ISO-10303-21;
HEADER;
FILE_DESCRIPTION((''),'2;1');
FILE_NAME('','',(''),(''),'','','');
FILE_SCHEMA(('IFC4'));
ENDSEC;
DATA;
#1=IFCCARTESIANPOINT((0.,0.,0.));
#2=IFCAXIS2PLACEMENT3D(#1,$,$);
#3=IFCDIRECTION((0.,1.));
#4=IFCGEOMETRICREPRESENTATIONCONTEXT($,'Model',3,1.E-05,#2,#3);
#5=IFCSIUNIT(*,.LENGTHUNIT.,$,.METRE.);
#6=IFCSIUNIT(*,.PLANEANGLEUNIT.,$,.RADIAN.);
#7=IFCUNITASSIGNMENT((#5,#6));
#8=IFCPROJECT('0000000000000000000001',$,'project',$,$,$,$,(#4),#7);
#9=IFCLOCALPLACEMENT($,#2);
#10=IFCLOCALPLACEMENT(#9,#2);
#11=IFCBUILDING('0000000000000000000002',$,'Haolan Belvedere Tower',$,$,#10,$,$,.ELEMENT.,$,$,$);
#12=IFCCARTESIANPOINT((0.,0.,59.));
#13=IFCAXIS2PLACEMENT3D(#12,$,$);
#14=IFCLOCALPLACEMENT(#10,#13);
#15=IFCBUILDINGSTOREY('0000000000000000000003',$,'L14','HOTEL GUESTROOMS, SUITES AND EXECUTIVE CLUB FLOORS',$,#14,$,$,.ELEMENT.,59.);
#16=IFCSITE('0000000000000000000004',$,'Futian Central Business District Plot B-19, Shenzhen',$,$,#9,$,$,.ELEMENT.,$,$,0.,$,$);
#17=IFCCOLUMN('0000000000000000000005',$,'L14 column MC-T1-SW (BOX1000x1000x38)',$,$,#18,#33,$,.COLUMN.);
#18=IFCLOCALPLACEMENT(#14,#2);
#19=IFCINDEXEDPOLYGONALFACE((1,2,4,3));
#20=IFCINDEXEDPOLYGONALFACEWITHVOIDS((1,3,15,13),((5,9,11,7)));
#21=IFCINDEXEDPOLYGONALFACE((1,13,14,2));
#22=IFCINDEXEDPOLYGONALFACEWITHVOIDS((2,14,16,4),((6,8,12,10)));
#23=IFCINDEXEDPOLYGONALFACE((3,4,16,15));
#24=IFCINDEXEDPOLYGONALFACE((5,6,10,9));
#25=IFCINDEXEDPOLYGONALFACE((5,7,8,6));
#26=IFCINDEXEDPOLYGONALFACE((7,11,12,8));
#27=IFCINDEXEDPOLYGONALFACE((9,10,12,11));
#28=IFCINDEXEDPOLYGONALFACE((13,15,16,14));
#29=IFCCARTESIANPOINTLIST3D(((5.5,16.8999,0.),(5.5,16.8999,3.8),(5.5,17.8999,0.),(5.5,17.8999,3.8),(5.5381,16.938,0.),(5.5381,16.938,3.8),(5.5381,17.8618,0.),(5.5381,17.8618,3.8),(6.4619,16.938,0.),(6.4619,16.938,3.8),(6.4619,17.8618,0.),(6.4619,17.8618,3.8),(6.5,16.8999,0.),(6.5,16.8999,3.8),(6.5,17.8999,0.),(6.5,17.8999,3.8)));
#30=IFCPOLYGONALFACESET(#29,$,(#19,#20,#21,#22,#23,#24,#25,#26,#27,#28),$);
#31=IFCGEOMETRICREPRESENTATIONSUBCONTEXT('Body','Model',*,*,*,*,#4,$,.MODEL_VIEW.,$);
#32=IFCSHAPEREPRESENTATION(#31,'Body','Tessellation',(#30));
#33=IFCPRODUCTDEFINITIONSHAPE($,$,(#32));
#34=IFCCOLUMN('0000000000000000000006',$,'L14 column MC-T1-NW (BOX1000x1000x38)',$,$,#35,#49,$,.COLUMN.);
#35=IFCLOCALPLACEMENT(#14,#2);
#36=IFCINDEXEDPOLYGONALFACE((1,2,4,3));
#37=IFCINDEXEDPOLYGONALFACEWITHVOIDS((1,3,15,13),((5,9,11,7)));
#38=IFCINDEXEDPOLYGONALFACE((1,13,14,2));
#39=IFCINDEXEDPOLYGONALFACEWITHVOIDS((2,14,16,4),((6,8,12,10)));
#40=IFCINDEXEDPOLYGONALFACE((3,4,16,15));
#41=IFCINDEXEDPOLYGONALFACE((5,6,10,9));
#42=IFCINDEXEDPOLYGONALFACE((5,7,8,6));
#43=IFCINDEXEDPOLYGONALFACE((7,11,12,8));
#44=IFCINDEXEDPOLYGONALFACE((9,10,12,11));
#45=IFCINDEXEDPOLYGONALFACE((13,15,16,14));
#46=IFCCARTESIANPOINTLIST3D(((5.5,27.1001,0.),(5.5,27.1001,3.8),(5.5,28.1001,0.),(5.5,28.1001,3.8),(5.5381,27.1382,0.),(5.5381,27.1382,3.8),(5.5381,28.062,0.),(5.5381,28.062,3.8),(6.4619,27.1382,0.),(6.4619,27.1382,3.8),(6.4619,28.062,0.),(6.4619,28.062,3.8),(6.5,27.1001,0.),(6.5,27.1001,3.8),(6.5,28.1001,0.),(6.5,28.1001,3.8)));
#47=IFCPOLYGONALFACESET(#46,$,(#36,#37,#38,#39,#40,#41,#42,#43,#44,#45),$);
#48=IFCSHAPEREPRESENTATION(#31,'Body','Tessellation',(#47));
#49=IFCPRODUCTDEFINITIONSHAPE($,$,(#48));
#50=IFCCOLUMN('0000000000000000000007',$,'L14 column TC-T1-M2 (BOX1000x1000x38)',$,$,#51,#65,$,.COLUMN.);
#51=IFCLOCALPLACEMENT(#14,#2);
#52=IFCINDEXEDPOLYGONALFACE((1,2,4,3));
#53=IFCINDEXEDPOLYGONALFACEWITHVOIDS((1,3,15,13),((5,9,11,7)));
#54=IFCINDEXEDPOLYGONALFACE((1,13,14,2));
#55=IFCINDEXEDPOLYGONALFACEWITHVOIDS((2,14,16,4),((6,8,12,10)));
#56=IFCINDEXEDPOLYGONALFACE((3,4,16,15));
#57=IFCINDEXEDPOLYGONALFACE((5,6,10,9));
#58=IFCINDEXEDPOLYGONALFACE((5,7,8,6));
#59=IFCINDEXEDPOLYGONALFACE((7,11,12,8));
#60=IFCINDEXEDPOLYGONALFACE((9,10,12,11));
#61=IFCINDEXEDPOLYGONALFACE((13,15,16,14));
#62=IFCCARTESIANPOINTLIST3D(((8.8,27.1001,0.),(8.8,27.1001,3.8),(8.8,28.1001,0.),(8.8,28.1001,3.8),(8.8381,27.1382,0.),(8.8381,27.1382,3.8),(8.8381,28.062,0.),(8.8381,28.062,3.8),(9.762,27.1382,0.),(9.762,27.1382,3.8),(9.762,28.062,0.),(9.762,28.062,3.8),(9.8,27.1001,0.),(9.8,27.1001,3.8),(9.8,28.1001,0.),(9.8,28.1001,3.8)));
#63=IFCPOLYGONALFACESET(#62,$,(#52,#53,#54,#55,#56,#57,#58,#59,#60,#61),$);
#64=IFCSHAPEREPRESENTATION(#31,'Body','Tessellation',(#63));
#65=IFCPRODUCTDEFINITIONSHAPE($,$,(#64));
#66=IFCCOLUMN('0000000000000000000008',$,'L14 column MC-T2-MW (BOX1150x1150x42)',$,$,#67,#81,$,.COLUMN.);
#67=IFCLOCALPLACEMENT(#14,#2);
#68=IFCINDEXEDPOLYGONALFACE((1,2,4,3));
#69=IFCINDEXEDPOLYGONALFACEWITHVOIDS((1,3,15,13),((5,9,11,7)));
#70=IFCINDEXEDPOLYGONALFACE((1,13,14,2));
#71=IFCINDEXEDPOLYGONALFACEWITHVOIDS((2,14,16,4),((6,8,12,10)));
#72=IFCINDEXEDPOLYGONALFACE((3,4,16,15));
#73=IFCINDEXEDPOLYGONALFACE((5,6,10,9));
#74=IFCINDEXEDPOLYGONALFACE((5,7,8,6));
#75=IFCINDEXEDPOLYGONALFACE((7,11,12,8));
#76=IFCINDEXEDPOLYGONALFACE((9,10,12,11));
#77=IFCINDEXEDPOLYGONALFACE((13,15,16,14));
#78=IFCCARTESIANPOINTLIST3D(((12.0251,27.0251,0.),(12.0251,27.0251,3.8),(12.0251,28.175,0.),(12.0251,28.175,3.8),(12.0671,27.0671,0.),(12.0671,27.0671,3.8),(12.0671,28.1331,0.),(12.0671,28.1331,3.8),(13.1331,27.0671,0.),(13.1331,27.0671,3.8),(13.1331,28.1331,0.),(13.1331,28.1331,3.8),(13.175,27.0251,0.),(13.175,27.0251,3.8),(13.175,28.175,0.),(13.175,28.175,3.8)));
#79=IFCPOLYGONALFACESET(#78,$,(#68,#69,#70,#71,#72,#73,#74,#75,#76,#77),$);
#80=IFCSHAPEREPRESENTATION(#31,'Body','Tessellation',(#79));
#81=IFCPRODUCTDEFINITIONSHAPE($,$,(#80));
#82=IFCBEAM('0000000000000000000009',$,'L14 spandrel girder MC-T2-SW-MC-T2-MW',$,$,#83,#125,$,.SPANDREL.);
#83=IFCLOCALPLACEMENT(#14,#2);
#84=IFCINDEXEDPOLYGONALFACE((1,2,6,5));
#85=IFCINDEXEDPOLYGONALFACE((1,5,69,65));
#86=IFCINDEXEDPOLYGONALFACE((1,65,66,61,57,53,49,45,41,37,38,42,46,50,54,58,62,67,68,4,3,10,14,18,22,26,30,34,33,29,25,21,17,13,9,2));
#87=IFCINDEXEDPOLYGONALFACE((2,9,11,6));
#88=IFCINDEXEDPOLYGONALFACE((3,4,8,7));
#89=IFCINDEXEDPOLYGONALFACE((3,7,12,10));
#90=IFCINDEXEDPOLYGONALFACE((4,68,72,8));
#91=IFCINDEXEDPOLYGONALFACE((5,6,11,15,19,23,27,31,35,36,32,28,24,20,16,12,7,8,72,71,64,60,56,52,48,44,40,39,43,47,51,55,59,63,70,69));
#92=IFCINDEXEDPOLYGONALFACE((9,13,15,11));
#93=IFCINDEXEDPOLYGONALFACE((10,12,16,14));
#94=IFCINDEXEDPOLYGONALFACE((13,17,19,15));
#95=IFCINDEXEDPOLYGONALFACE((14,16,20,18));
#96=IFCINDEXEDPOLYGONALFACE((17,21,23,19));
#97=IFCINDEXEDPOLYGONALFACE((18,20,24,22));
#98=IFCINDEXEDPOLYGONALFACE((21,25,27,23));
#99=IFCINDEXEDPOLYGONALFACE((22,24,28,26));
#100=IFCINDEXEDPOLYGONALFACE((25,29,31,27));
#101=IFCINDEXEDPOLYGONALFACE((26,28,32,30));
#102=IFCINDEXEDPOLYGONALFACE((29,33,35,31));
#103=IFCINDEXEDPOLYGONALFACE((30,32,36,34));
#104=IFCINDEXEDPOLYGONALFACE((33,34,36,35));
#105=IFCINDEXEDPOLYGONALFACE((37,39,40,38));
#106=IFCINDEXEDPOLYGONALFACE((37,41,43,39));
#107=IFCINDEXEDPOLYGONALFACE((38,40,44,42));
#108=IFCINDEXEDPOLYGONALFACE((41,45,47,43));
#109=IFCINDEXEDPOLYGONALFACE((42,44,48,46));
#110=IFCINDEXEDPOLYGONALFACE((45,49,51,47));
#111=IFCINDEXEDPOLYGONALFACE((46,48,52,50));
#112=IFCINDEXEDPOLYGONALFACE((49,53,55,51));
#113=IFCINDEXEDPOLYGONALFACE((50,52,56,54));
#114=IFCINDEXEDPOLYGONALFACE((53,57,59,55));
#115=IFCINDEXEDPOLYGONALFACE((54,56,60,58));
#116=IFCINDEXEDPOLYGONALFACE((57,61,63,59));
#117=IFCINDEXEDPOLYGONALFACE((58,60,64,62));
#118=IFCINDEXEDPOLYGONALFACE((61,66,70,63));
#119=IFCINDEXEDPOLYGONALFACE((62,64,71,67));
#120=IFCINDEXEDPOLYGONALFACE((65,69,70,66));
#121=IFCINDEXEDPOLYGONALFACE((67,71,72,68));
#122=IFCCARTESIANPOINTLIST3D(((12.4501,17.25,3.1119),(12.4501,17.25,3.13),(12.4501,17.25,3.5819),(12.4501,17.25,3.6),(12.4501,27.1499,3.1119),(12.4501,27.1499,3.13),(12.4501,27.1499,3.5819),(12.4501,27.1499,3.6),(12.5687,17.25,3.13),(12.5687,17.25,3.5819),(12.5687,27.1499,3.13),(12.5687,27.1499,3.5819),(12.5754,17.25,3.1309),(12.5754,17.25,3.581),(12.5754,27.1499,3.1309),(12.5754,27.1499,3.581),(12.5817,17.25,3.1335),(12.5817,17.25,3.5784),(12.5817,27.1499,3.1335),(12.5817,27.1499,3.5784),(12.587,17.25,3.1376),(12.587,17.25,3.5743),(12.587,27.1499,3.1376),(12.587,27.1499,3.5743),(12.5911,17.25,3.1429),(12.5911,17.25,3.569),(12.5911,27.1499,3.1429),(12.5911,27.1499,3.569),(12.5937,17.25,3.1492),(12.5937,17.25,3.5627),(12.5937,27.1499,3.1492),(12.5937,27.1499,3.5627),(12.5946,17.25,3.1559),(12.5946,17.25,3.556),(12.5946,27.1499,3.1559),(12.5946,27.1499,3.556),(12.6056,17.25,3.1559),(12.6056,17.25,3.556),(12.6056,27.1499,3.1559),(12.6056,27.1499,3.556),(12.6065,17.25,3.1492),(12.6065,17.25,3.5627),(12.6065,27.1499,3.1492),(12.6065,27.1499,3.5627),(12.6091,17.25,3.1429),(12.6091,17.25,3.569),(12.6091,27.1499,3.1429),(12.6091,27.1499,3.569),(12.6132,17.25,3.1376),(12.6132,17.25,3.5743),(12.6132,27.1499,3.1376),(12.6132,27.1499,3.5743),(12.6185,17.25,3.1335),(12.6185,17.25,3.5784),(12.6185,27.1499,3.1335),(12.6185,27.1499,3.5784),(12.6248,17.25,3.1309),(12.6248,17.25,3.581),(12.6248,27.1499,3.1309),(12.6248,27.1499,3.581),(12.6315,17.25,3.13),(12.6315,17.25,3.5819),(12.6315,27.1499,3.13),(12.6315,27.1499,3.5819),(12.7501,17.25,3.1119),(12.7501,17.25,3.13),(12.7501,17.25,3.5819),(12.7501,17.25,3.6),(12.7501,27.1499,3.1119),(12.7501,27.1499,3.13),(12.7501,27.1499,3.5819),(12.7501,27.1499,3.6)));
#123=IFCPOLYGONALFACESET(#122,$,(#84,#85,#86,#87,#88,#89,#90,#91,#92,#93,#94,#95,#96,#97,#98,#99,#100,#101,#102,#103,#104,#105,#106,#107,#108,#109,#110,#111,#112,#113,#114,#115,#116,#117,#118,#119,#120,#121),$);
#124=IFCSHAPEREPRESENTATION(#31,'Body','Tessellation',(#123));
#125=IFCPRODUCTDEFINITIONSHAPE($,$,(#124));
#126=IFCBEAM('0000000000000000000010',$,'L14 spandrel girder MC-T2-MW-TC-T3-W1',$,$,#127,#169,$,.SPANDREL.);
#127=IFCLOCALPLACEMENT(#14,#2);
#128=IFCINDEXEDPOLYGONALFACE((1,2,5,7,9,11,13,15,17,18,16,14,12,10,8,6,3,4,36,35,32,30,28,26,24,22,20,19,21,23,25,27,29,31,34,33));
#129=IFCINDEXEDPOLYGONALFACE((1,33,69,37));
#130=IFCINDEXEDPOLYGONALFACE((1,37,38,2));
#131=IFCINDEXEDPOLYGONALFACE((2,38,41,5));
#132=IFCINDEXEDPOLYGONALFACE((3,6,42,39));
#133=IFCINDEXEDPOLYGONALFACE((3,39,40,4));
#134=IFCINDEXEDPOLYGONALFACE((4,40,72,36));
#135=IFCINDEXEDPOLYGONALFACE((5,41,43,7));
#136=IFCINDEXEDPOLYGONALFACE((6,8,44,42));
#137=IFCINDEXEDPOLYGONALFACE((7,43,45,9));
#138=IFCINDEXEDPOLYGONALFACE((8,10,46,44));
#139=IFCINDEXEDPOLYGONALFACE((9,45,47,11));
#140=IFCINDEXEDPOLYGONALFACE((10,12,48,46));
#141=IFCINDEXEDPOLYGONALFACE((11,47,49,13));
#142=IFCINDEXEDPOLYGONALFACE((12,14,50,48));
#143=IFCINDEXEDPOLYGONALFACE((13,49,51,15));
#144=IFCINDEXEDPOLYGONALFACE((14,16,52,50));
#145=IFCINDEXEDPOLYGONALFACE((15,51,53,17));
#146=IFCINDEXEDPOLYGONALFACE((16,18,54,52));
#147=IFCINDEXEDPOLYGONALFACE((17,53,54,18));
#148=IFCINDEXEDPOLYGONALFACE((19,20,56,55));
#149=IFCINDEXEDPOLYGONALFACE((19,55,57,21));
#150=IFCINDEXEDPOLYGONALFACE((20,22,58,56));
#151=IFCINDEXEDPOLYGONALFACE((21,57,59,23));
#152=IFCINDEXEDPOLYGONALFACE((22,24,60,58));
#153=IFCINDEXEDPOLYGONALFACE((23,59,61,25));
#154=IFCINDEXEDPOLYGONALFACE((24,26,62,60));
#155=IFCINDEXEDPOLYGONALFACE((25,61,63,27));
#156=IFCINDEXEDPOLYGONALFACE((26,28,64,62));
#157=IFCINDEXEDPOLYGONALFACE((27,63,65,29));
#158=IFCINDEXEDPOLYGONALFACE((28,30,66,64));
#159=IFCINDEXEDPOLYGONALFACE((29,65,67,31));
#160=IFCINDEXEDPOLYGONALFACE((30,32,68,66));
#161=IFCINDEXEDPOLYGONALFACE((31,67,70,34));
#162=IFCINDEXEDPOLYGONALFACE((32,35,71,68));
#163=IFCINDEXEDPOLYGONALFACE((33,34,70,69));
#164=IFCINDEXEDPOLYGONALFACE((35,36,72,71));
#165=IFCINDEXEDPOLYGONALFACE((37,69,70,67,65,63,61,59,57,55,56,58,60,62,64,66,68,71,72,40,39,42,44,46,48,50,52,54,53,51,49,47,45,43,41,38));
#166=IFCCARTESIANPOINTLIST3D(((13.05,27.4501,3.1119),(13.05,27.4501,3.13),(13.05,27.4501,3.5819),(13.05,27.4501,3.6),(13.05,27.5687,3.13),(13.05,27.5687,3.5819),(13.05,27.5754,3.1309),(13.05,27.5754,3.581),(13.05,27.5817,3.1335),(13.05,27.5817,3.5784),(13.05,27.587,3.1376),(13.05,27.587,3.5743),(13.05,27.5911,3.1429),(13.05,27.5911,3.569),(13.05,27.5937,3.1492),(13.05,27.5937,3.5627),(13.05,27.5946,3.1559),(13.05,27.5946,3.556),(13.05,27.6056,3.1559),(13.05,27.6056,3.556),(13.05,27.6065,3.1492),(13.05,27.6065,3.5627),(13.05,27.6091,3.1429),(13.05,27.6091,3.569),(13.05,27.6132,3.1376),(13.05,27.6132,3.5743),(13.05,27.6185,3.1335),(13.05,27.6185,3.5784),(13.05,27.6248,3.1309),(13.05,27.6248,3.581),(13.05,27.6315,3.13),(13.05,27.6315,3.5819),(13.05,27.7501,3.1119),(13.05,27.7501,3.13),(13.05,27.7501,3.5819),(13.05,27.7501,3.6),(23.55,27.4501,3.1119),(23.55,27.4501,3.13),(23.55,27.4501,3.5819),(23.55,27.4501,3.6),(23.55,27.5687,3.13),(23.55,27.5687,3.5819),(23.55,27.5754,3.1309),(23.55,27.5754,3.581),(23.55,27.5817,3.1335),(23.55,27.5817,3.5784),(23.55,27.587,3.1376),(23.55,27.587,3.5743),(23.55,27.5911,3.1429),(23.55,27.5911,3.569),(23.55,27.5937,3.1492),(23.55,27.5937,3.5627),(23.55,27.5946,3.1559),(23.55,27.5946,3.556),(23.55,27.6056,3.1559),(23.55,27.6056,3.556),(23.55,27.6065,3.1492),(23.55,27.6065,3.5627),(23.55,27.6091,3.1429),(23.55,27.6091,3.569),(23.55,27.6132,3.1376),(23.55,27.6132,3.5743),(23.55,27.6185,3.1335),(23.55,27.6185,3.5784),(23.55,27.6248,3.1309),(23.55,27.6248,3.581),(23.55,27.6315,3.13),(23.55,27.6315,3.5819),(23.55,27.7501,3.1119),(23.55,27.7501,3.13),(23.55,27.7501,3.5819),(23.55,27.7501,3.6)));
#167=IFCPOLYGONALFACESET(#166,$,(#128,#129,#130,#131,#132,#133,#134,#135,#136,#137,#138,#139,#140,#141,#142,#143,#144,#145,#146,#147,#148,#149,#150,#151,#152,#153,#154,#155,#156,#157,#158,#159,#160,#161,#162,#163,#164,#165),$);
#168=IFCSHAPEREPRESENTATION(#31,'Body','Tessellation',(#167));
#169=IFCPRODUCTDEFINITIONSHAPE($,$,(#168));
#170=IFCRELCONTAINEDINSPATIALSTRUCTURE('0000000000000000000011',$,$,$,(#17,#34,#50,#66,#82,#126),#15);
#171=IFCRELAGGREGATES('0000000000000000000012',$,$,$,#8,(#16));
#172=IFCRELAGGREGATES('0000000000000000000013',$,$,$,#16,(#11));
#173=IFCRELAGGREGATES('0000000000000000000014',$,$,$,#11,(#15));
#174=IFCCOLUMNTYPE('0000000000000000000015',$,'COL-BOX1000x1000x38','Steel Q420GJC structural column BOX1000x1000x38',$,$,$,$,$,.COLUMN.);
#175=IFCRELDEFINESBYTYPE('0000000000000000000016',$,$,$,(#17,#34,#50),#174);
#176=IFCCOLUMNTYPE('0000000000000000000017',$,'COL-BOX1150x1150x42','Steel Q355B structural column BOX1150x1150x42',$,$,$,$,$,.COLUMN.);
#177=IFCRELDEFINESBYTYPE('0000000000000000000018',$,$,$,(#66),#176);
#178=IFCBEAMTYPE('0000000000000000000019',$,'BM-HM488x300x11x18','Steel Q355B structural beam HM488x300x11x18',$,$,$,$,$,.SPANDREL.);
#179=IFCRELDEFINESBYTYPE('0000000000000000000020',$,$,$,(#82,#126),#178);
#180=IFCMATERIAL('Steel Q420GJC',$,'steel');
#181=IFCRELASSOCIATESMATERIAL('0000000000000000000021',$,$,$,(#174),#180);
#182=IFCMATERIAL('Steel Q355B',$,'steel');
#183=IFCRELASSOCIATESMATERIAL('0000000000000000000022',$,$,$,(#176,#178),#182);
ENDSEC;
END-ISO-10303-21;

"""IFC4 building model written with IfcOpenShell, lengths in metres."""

from ifc_helpers import new_model, si_unit, direction, frame, origin, origin_2d, place, context, subcontext, project, spatial, hollow_rectangle, i_section, extrude, material, material_profile, profile_set, type_object, element, save


model = new_model("IFC4")

# Units and contexts
model_context = context("Model", 3, precision=1e-05, world=origin(), true_north=direction((0.0, 1.0)))
body_context = subcontext(model_context, "Body", "Model", "MODEL_VIEW")
ifc_project = project(units=[si_unit("LENGTHUNIT", "METRE"), si_unit("PLANEANGLEUNIT", "RADIAN")], contexts=[model_context])

# Site, building, storey
site_placement = place(None, origin())
site = spatial("IfcSite", under=ifc_project, at=site_placement, Name="Futian Central Business District Plot B-19, Shenzhen", CompositionType="ELEMENT", RefElevation=0.0)
building_placement = place(site_placement, origin())
building = spatial("IfcBuilding", under=site, at=building_placement, Name="Haolan Belvedere Tower", CompositionType="ELEMENT")
storey_placement = place(building_placement, frame((0.0, 0.0, 59.0)))
storey = spatial("IfcBuildingStorey", under=building, at=storey_placement, Name="L14", Description="HOTEL GUESTROOMS, SUITES AND EXECUTIVE CLUB FLOORS", CompositionType="ELEMENT", Elevation=59.0)

# Columns
ifc_material_1 = material(Name="Steel Q420GJC", Category="steel")
ifc_material_profile_1 = material_profile(ifc_material_1, hollow_rectangle(XDim=1.0, YDim=1.0, WallThickness=0.0381, at=origin_2d()), Name="Steel Q420GJC")
ifc_profile_set_1 = profile_set([ifc_material_profile_1], Name="Steel Q420GJC")
column_type_1 = type_object("IfcColumnType", Name="COL-BOX1000x1000x38", Description="Steel Q420GJC structural column BOX1000x1000x38", PredefinedType="COLUMN", material=ifc_profile_set_1)
for number, where, z_axis, x_axis, name in (
    (1, (6.0, 17.3999, 0.0), (0.0, 0.0, 1.0), (1.0, 0.0, 0.0), "L14 column MC-T1-SW (BOX1000x1000x38)"),
    (2, (6.0, 27.6001, 0.0), (0.0, 0.0, 1.0), (1.0, 0.0, 0.0), "L14 column MC-T1-NW (BOX1000x1000x38)"),
    (3, (9.3, 27.6001, 0.0), (0.0, 0.0, 1.0), (1.0, 0.0, 0.0), "L14 column TC-T1-M2 (BOX1000x1000x38)"),
):
    element("IfcColumn", number, at=place(storey_placement, frame(where, z_axis=z_axis, x_axis=x_axis)), inside=storey, type_object=column_type_1, Name=name, PredefinedType="COLUMN", context=body_context, shape_type="SweptSolid", body=[
        extrude(hollow_rectangle(XDim=1.0, YDim=1.0, WallThickness=0.0381, at=origin_2d()), origin(), (0.0, 0.0, 1.0), 3.8),
    ])
ifc_material_2 = material(Name="Steel Q355B", Category="steel")
ifc_material_profile_2 = material_profile(ifc_material_2, hollow_rectangle(XDim=1.1499, YDim=1.1499, WallThickness=0.042, at=origin_2d()), Name="Steel Q355B")
ifc_profile_set_2 = profile_set([ifc_material_profile_2], Name="Steel Q355B")
column_type_2 = type_object("IfcColumnType", Name="COL-BOX1150x1150x42", Description="Steel Q355B structural column BOX1150x1150x42", PredefinedType="COLUMN", material=ifc_profile_set_2)
column_placement = place(storey_placement, frame((12.6001, 27.6001, 0.0), z_axis=(0.0, 0.0, 1.0), x_axis=(1.0, 0.0, 0.0)))
element("IfcColumn", 4, at=column_placement, inside=storey, type_object=column_type_2, Name="L14 column MC-T2-MW (BOX1150x1150x42)", PredefinedType="COLUMN", context=body_context, shape_type="SweptSolid", body=[
    extrude(hollow_rectangle(XDim=1.1499, YDim=1.1499, WallThickness=0.042, at=origin_2d()), origin(), (0.0, 0.0, 1.0), 3.8),
])

# Beams
ifc_material_profile_3 = material_profile(ifc_material_2, i_section(OverallWidth=0.3, OverallDepth=0.488, WebThickness=0.011, FlangeThickness=0.0181, FilletRadius=0.0259, at=origin_2d()), Name="Steel Q355B")
ifc_profile_set_3 = profile_set([ifc_material_profile_3], Name="Steel Q355B")
beam_type_1 = type_object("IfcBeamType", Name="BM-HM488x300x11x18", Description="Steel Q355B structural beam HM488x300x11x18", PredefinedType="SPANDREL", material=ifc_profile_set_3)
beam_1_placement = place(storey_placement, frame((12.6001, 17.25, 3.356), z_axis=(0.0, 1.0, 0.0), x_axis=(-1.0, 0.0, 0.0)))
element("IfcBeam", 5, at=beam_1_placement, inside=storey, type_object=beam_type_1, Name="L14 spandrel girder MC-T2-SW-MC-T2-MW", PredefinedType="SPANDREL", context=body_context, shape_type="SweptSolid", body=[
    extrude(i_section(OverallWidth=0.3, OverallDepth=0.488, WebThickness=0.011, FlangeThickness=0.0181, FilletRadius=0.0259, at=origin_2d()), origin(), (0.0, 0.0, 1.0), 9.8999),
])
beam_2_placement = place(storey_placement, frame((13.05, 27.6001, 3.356), z_axis=(1.0, 0.0, 0.0), x_axis=(0.0, 1.0, 0.0)))
element("IfcBeam", 6, at=beam_2_placement, inside=storey, type_object=beam_type_1, Name="L14 spandrel girder MC-T2-MW-TC-T3-W1", PredefinedType="SPANDREL", context=body_context, shape_type="SweptSolid", body=[
    extrude(i_section(OverallWidth=0.3, OverallDepth=0.488, WebThickness=0.011, FlangeThickness=0.0181, FilletRadius=0.0259, at=origin_2d()), origin(), (0.0, 0.0, 1.0), 10.5),
])

save(model, "model.ifc")
